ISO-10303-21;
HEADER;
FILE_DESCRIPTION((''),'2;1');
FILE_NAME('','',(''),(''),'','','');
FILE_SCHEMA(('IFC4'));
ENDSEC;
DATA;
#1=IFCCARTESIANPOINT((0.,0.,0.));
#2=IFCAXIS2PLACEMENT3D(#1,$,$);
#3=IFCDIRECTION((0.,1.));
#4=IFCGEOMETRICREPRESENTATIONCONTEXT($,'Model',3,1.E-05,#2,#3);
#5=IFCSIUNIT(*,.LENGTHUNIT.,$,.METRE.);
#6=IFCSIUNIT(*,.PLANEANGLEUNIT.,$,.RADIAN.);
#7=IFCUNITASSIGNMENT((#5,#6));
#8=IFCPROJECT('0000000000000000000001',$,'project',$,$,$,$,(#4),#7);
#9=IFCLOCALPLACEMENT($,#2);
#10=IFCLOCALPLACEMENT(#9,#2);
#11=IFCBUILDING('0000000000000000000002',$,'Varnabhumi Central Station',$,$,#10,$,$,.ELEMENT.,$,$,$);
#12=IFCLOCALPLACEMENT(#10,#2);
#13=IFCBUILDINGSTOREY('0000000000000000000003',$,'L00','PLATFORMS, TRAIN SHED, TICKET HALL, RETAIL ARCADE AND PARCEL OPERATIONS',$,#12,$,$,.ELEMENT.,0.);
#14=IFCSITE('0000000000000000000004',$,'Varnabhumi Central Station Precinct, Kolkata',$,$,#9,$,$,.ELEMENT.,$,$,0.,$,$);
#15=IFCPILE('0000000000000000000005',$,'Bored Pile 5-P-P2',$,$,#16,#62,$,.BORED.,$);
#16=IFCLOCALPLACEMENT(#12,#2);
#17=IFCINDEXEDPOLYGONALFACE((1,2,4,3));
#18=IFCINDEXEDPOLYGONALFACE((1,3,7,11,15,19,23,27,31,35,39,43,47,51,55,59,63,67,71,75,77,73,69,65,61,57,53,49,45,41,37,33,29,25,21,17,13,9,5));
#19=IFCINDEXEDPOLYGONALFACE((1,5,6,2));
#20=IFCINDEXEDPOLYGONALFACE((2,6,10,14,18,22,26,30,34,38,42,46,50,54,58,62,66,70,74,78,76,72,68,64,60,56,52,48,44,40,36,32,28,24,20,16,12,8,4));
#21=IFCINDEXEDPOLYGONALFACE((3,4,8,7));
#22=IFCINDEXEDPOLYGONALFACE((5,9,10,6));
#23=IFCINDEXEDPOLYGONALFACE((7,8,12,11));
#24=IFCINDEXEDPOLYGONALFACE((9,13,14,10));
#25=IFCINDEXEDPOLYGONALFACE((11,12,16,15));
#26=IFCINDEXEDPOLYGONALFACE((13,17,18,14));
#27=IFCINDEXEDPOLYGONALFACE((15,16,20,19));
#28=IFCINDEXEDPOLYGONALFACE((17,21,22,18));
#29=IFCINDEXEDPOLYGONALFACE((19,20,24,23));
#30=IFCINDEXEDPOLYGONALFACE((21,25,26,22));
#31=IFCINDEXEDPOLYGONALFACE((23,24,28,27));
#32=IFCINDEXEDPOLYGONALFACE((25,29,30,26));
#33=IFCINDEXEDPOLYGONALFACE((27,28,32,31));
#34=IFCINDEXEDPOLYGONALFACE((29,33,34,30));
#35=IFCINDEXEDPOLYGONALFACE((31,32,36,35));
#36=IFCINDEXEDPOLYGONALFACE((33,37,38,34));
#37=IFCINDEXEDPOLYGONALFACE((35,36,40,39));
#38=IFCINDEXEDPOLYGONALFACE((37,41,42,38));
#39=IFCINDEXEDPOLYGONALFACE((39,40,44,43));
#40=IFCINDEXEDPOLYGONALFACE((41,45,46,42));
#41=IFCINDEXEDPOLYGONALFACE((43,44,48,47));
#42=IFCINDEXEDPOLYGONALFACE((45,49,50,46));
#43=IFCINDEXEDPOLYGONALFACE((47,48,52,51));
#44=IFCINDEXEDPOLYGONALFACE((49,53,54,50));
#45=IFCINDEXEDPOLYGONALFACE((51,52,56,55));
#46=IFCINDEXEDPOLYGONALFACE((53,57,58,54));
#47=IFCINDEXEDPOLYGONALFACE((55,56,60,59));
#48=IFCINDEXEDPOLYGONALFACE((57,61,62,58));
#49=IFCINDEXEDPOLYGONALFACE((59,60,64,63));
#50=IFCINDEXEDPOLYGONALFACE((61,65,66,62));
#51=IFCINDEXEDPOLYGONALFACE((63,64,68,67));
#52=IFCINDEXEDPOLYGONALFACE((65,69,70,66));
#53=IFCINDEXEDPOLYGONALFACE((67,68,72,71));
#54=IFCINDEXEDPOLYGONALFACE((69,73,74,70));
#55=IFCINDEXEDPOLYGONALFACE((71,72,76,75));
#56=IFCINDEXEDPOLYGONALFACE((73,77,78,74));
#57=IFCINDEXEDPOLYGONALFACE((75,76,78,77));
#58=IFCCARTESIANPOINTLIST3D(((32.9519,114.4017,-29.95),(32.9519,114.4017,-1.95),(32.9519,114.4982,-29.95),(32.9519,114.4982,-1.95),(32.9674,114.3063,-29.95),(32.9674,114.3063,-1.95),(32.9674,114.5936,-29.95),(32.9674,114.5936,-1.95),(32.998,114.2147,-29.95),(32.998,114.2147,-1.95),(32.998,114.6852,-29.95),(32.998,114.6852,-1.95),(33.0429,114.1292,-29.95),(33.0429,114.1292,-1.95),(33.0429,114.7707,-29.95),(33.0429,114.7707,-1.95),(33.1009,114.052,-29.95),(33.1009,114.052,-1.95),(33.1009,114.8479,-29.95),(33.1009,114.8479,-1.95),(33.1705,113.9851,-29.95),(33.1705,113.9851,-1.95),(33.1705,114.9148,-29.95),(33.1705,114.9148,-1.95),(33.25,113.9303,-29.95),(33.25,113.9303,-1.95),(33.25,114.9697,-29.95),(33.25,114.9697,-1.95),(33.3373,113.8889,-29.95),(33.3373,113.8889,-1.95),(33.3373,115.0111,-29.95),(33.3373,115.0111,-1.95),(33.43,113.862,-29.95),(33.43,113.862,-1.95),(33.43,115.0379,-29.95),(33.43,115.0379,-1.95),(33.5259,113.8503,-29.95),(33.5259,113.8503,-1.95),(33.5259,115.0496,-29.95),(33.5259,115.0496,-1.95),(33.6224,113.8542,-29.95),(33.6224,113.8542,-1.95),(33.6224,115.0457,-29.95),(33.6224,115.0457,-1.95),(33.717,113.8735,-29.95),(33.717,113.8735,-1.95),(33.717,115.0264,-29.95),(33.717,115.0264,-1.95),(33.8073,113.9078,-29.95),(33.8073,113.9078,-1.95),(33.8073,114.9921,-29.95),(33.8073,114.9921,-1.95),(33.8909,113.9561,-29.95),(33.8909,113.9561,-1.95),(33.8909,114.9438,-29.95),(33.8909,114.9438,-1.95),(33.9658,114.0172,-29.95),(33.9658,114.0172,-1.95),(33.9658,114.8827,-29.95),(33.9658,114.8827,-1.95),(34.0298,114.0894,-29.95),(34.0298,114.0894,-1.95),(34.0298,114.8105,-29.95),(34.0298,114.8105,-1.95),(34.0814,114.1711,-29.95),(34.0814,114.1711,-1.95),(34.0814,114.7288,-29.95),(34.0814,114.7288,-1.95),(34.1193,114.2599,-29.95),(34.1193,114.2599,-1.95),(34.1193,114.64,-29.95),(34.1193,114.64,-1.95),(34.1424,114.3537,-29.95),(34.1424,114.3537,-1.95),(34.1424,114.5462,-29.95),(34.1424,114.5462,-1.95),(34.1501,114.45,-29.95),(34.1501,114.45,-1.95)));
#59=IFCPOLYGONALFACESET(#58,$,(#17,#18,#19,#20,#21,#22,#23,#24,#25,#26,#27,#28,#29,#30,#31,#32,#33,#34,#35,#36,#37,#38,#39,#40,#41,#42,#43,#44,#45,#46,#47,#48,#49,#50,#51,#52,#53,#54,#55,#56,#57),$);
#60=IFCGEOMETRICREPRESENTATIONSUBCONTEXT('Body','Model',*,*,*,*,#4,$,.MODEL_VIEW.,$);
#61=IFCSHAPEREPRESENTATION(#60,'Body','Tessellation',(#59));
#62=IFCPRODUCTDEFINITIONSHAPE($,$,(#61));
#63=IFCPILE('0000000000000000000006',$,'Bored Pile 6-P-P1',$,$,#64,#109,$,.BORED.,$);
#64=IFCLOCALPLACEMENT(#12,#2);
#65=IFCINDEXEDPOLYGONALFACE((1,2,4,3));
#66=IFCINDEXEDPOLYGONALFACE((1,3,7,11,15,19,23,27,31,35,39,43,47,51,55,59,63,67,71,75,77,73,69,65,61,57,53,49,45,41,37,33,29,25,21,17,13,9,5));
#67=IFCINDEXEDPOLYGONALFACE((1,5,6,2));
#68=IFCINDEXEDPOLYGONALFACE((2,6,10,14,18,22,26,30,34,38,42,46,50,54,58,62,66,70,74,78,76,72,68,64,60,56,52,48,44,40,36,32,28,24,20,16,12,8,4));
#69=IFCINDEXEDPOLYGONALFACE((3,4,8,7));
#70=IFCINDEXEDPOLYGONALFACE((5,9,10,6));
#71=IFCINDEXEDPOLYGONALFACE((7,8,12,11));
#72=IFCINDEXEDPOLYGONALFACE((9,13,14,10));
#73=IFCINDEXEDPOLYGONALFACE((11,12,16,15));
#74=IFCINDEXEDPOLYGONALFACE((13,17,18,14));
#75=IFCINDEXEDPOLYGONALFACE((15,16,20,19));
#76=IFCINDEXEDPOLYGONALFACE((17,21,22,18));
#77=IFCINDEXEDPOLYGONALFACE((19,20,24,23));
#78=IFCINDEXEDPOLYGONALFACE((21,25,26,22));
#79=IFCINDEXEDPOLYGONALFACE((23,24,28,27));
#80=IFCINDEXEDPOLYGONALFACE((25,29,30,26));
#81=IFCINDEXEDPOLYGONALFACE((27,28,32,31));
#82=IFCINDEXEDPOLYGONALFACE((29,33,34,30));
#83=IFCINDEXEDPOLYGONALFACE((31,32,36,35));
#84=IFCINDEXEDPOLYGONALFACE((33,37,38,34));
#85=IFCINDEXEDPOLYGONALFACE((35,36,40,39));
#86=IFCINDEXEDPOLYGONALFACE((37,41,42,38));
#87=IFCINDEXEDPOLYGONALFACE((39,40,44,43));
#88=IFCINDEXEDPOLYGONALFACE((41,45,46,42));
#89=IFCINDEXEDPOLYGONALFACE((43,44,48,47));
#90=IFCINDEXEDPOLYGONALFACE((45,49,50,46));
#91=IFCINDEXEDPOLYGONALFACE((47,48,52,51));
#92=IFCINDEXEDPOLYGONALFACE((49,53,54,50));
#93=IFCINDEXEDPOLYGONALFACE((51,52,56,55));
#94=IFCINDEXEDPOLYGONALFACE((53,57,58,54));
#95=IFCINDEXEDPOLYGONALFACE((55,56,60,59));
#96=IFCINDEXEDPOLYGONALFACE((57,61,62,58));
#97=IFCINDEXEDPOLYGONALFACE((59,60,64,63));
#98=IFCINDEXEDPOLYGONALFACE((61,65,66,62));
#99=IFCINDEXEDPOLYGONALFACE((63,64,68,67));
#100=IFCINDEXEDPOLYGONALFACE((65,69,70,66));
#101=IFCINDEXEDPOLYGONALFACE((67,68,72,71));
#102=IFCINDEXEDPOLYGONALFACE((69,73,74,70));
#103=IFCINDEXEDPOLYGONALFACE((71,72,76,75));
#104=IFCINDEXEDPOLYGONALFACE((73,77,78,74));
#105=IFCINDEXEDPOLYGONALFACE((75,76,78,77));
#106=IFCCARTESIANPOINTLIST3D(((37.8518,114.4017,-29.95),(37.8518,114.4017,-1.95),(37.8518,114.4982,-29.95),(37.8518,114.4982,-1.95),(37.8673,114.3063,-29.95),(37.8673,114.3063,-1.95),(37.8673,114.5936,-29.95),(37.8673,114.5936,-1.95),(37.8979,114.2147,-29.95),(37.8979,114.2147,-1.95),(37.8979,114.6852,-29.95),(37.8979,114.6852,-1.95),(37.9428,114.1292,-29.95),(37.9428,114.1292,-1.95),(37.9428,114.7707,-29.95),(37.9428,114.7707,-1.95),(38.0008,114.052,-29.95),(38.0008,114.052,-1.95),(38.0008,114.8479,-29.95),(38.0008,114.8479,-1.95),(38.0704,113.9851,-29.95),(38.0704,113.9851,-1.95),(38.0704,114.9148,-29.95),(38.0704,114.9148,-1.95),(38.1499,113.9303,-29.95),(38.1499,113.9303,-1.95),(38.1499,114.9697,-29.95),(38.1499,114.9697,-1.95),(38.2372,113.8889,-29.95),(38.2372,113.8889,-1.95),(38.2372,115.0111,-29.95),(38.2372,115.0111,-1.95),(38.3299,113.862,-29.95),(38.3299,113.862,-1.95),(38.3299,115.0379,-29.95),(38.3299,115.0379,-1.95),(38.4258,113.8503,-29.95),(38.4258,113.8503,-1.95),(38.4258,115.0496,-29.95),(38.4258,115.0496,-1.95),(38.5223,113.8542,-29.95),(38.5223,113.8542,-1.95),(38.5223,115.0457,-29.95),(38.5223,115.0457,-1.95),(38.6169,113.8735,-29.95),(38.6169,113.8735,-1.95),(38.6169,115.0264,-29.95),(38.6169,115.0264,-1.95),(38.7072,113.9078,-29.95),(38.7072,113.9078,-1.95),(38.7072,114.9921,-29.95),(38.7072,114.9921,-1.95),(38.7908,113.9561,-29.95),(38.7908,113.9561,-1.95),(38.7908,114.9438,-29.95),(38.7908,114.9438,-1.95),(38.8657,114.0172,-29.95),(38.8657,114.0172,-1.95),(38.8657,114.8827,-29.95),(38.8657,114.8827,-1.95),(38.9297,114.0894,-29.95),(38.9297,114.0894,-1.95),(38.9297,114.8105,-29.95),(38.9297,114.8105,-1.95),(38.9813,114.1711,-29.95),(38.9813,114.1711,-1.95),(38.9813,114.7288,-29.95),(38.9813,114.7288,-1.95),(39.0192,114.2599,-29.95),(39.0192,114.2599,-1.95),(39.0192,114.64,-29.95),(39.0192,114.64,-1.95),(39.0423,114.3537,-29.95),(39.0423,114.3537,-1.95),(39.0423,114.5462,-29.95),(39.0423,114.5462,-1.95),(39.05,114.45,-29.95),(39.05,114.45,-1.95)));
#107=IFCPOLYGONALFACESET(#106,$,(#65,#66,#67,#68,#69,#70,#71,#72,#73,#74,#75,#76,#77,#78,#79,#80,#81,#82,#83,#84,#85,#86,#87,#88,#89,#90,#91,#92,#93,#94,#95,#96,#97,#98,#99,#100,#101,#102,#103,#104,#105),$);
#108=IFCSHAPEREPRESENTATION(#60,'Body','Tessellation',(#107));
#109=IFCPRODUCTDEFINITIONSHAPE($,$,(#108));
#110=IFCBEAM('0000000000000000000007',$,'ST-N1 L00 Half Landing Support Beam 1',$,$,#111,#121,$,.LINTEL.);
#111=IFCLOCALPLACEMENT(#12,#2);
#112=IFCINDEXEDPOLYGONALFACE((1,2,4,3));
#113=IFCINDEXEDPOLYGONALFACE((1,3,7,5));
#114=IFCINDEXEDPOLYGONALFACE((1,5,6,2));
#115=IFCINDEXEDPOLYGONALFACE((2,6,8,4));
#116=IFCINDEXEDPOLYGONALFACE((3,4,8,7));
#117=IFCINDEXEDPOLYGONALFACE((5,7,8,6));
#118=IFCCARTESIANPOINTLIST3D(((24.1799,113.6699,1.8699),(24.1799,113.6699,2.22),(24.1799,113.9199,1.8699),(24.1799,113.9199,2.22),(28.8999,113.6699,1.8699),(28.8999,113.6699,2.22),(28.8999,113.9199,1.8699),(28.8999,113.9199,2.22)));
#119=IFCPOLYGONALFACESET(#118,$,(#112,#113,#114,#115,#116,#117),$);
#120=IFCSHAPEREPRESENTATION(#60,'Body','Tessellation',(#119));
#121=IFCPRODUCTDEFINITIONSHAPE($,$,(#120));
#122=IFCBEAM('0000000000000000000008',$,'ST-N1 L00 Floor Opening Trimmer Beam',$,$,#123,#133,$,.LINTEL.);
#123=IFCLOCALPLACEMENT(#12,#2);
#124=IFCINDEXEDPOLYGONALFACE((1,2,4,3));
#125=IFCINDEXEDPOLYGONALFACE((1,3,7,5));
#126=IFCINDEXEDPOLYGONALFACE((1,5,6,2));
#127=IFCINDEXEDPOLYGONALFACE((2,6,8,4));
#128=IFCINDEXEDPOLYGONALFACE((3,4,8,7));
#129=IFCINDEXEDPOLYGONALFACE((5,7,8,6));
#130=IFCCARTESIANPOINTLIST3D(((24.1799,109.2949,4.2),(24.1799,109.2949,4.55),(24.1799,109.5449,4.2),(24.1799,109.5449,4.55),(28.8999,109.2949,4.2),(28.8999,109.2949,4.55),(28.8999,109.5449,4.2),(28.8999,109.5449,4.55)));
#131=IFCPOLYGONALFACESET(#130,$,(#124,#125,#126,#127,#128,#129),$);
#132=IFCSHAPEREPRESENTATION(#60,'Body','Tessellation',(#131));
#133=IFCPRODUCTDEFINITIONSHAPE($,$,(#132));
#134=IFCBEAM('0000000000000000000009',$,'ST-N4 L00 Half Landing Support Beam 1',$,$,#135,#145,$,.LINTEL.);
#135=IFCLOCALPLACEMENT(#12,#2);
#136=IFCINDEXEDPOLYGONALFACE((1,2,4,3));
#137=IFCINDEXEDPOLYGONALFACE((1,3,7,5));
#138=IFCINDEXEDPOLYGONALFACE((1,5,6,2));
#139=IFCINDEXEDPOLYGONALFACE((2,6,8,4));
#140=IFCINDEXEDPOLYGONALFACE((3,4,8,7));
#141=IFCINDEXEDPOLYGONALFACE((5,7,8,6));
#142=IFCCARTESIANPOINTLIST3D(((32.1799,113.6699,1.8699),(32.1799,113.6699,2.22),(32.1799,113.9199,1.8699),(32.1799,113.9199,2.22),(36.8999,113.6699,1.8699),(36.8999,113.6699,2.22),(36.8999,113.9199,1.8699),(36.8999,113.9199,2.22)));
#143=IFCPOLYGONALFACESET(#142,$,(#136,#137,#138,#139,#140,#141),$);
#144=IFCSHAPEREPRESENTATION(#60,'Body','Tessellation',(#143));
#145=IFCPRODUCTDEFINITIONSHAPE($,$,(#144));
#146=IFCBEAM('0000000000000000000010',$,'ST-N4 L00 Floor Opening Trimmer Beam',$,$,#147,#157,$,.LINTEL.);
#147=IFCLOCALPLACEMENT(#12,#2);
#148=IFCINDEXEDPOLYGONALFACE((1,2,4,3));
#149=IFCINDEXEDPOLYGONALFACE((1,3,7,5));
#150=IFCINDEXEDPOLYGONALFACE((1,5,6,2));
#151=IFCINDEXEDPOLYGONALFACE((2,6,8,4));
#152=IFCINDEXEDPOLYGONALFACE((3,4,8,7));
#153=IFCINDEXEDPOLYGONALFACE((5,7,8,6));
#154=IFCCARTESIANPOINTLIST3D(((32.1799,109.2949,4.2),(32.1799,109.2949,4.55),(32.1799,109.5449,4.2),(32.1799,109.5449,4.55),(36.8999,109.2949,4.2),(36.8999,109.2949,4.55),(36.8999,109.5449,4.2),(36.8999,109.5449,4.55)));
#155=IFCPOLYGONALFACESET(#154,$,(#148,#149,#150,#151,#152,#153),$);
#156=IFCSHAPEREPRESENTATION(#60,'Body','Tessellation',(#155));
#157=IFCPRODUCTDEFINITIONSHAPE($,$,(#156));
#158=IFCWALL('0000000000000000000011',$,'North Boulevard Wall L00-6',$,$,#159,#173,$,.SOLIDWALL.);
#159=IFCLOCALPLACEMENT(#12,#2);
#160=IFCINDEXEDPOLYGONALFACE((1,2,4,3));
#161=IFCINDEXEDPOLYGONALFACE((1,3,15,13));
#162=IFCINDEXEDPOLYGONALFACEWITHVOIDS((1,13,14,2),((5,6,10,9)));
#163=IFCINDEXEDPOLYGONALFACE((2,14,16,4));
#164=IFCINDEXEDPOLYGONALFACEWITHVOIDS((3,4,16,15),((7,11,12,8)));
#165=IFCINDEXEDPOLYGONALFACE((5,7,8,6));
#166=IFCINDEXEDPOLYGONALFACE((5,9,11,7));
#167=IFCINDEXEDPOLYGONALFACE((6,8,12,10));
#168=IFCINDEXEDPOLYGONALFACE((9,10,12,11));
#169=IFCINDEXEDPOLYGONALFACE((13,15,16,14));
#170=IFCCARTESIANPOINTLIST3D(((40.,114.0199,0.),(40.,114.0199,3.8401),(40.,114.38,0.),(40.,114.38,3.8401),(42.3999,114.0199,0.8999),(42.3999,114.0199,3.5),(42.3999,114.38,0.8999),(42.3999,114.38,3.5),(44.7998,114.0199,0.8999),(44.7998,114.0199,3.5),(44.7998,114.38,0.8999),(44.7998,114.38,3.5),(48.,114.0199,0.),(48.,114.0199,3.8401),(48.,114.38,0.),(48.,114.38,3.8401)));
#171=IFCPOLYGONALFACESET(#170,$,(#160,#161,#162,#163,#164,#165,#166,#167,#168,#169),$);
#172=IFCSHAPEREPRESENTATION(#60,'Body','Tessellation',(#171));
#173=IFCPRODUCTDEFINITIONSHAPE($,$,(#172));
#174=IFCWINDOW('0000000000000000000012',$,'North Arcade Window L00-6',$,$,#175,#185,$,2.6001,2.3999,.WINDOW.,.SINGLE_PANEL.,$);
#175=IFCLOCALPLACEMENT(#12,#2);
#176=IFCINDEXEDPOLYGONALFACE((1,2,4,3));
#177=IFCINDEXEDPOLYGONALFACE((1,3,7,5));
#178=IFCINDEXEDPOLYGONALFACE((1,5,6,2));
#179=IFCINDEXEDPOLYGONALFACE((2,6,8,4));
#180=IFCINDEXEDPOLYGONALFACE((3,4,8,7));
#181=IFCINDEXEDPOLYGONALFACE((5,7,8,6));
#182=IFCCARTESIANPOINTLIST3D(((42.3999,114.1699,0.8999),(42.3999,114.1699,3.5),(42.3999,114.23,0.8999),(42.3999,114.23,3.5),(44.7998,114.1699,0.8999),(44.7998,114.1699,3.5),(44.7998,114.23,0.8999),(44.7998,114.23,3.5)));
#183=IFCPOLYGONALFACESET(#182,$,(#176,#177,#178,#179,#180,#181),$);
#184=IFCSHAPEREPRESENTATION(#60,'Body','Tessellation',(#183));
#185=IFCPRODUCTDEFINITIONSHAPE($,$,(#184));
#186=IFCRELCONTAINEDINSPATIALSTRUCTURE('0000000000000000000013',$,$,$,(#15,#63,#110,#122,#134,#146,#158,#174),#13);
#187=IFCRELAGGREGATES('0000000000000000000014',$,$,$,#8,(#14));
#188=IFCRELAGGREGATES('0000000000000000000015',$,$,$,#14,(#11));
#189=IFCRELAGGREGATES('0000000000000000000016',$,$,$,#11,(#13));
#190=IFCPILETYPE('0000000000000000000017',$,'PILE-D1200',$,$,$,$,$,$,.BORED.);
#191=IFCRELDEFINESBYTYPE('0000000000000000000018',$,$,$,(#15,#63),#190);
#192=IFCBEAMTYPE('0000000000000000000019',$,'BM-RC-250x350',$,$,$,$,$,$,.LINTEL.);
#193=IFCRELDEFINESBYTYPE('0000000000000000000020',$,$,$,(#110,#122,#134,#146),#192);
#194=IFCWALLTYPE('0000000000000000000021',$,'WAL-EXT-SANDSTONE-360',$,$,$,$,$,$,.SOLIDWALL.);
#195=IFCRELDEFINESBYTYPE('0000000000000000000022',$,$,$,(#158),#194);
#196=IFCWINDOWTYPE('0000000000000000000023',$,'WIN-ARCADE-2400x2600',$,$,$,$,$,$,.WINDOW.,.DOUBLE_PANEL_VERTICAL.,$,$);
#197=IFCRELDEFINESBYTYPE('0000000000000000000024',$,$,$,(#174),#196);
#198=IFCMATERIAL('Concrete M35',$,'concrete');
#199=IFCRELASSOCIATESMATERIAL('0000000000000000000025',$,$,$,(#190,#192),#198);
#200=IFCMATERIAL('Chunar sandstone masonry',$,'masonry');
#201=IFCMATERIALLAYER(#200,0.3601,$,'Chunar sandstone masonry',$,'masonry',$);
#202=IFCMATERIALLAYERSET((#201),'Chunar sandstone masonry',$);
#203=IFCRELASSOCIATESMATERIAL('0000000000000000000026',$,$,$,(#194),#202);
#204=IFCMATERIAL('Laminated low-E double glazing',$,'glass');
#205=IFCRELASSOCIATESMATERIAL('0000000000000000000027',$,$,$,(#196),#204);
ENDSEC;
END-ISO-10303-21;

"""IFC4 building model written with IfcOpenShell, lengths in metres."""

from ifc_helpers import new_model, si_unit, direction, frame, frame_2d, origin, origin_2d, place, context, subcontext, project, spatial, rectangle, circle, extrude, material, layer, layer_set, material_profile, profile_set, type_object, element, fill, save


model = new_model("IFC4")

# Units and contexts
model_context = context("Model", 3, precision=1e-05, world=origin(), true_north=direction((0.0, 1.0)))
body_context = subcontext(model_context, "Body", "Model", "MODEL_VIEW")
ifc_project = project(units=[si_unit("LENGTHUNIT", "METRE"), si_unit("PLANEANGLEUNIT", "RADIAN")], contexts=[model_context])

# Site, building, storey
site_placement = place(None, origin())
site = spatial("IfcSite", under=ifc_project, at=site_placement, Name="Varnabhumi Central Station Precinct, Kolkata", CompositionType="ELEMENT", RefElevation=0.0)
building_placement = place(site_placement, origin())
building = spatial("IfcBuilding", under=site, at=building_placement, Name="Varnabhumi Central Station", CompositionType="ELEMENT")
storey_placement = place(building_placement, origin())
storey = spatial("IfcBuildingStorey", under=building, at=storey_placement, Name="L00", Description="PLATFORMS, TRAIN SHED, TICKET HALL, RETAIL ARCADE AND PARCEL OPERATIONS", CompositionType="ELEMENT", Elevation=0.0)

# Piles
ifc_material_1 = material(Name="Concrete M35", Category="concrete")
ifc_material_profile_1 = material_profile(ifc_material_1, circle(Radius=0.6001, at=origin_2d()), Name="Concrete M35", Category="concrete")
ifc_profile_set_1 = profile_set([ifc_material_profile_1], Name="Concrete M35")
pile_type = type_object("IfcPileType", Name="PILE-D1200", PredefinedType="BORED", material=ifc_profile_set_1)
for number, where, z_axis, x_axis, name in (
    (1, (33.55, 114.45, -1.95), (0.0, 0.0, -1.0), (1.0, 0.0, 0.0), "Bored Pile 5-P-P2"),
    (2, (38.45, 114.45, -1.95), (0.0, 0.0, -1.0), (1.0, 0.0, 0.0), "Bored Pile 6-P-P1"),
):
    element("IfcPile", number, at=place(storey_placement, frame(where, z_axis=z_axis, x_axis=x_axis)), inside=storey, type_object=pile_type, Name=name, PredefinedType="BORED", context=body_context, shape_type="SweptSolid", body=[
        extrude(circle(Radius=0.6001, at=origin_2d()), origin(), (0.0, 0.0, 1.0), 28.0),
    ])

# Beams
ifc_material_profile_2 = material_profile(ifc_material_1, rectangle(XDim=0.25, YDim=0.3501, at=origin_2d()), Name="Concrete M35", Category="concrete")
ifc_profile_set_2 = profile_set([ifc_material_profile_2], Name="Concrete M35")
beam_type = type_object("IfcBeamType", Name="BM-RC-250x350", PredefinedType="LINTEL", material=ifc_profile_set_2)
for number, where, z_axis, x_axis, name in (
    (3, (24.1799, 113.7949, 2.0449), (1.0, 0.0, 0.0), (0.0, 1.0, 0.0), "ST-N1 L00 Half Landing Support Beam 1"),
    (4, (24.1799, 109.4199, 4.375), (1.0, 0.0, 0.0), (0.0, 1.0, 0.0), "ST-N1 L00 Floor Opening Trimmer Beam"),
    (5, (32.1799, 113.7949, 2.0449), (1.0, 0.0, 0.0), (0.0, 1.0, 0.0), "ST-N4 L00 Half Landing Support Beam 1"),
    (6, (32.1799, 109.4199, 4.375), (1.0, 0.0, 0.0), (0.0, 1.0, 0.0), "ST-N4 L00 Floor Opening Trimmer Beam"),
):
    element("IfcBeam", number, at=place(storey_placement, frame(where, z_axis=z_axis, x_axis=x_axis)), inside=storey, type_object=beam_type, Name=name, PredefinedType="LINTEL", context=body_context, shape_type="SweptSolid", body=[
        extrude(rectangle(XDim=0.25, YDim=0.3501, at=origin_2d()), origin(), (0.0, 0.0, 1.0), 4.72),
    ])

# Wall, opening, window
ifc_material_2 = material(Name="Chunar sandstone masonry", Category="masonry")
ifc_layer_1 = layer(ifc_material_2, 0.3601, Name="Chunar sandstone masonry", Category="masonry")
ifc_layer_set_1 = layer_set([ifc_layer_1], Name="Chunar sandstone masonry")
wall_type_1 = type_object("IfcWallType", Name="WAL-EXT-SANDSTONE-360", PredefinedType="SOLIDWALL", material=ifc_layer_set_1)
wall_1_placement = place(storey_placement, frame((40.0, 114.2, 0.0), z_axis=(0.0, 0.0, 1.0), x_axis=(1.0, 0.0, 0.0)))
wall_1 = element("IfcWall", 7, at=wall_1_placement, inside=storey, type_object=wall_type_1, Name="North Boulevard Wall L00-6", PredefinedType="SOLIDWALL", context=body_context, shape_type="SweptSolid", body=[
    extrude(rectangle(XDim=8.0, YDim=0.3601, at=frame_2d((4.0, 0.0))), origin(), (0.0, 0.0, 1.0), 3.8401),
])
opening_1_placement = place(wall_1_placement, frame((2.3999, 0.0, 0.8999)))
opening_1 = element("IfcOpeningElement", 8, at=opening_1_placement, cuts=wall_1, PredefinedType="OPENING", context=body_context, shape_type="SweptSolid", body=[
    extrude(rectangle(XDim=2.3999, YDim=2.6001, at=frame_2d((1.2, 1.3))), frame((0.0, 0.1899, 0.0), z_axis=(0.0, -1.0, 0.0), x_axis=(1.0, 0.0, 0.0)), (0.0, 0.0, 1.0), 0.3801),
])
ifc_material_3 = material(Name="Laminated low-E double glazing", Category="glass")
window_type = type_object("IfcWindowType", Name="WIN-ARCADE-2400x2600", PartitioningType="DOUBLE_PANEL_VERTICAL", PredefinedType="WINDOW", material=ifc_material_3)
window_placement = place(opening_1_placement, origin())
window = element("IfcWindow", 9, at=window_placement, inside=storey, type_object=window_type, Name="North Arcade Window L00-6", OverallHeight=2.6001, OverallWidth=2.3999, PartitioningType="SINGLE_PANEL", PredefinedType="WINDOW", context=body_context, shape_type="SweptSolid", body=[
    extrude(rectangle(XDim=2.3999, YDim=2.6001, at=frame_2d((1.2, 1.3))), frame((0.0, 0.03, 0.0), z_axis=(0.0, -1.0, 0.0), x_axis=(1.0, 0.0, 0.0)), (0.0, 0.0, 1.0), 0.0601),
])
fill(opening_1, window)

save(model, "model.ifc")
